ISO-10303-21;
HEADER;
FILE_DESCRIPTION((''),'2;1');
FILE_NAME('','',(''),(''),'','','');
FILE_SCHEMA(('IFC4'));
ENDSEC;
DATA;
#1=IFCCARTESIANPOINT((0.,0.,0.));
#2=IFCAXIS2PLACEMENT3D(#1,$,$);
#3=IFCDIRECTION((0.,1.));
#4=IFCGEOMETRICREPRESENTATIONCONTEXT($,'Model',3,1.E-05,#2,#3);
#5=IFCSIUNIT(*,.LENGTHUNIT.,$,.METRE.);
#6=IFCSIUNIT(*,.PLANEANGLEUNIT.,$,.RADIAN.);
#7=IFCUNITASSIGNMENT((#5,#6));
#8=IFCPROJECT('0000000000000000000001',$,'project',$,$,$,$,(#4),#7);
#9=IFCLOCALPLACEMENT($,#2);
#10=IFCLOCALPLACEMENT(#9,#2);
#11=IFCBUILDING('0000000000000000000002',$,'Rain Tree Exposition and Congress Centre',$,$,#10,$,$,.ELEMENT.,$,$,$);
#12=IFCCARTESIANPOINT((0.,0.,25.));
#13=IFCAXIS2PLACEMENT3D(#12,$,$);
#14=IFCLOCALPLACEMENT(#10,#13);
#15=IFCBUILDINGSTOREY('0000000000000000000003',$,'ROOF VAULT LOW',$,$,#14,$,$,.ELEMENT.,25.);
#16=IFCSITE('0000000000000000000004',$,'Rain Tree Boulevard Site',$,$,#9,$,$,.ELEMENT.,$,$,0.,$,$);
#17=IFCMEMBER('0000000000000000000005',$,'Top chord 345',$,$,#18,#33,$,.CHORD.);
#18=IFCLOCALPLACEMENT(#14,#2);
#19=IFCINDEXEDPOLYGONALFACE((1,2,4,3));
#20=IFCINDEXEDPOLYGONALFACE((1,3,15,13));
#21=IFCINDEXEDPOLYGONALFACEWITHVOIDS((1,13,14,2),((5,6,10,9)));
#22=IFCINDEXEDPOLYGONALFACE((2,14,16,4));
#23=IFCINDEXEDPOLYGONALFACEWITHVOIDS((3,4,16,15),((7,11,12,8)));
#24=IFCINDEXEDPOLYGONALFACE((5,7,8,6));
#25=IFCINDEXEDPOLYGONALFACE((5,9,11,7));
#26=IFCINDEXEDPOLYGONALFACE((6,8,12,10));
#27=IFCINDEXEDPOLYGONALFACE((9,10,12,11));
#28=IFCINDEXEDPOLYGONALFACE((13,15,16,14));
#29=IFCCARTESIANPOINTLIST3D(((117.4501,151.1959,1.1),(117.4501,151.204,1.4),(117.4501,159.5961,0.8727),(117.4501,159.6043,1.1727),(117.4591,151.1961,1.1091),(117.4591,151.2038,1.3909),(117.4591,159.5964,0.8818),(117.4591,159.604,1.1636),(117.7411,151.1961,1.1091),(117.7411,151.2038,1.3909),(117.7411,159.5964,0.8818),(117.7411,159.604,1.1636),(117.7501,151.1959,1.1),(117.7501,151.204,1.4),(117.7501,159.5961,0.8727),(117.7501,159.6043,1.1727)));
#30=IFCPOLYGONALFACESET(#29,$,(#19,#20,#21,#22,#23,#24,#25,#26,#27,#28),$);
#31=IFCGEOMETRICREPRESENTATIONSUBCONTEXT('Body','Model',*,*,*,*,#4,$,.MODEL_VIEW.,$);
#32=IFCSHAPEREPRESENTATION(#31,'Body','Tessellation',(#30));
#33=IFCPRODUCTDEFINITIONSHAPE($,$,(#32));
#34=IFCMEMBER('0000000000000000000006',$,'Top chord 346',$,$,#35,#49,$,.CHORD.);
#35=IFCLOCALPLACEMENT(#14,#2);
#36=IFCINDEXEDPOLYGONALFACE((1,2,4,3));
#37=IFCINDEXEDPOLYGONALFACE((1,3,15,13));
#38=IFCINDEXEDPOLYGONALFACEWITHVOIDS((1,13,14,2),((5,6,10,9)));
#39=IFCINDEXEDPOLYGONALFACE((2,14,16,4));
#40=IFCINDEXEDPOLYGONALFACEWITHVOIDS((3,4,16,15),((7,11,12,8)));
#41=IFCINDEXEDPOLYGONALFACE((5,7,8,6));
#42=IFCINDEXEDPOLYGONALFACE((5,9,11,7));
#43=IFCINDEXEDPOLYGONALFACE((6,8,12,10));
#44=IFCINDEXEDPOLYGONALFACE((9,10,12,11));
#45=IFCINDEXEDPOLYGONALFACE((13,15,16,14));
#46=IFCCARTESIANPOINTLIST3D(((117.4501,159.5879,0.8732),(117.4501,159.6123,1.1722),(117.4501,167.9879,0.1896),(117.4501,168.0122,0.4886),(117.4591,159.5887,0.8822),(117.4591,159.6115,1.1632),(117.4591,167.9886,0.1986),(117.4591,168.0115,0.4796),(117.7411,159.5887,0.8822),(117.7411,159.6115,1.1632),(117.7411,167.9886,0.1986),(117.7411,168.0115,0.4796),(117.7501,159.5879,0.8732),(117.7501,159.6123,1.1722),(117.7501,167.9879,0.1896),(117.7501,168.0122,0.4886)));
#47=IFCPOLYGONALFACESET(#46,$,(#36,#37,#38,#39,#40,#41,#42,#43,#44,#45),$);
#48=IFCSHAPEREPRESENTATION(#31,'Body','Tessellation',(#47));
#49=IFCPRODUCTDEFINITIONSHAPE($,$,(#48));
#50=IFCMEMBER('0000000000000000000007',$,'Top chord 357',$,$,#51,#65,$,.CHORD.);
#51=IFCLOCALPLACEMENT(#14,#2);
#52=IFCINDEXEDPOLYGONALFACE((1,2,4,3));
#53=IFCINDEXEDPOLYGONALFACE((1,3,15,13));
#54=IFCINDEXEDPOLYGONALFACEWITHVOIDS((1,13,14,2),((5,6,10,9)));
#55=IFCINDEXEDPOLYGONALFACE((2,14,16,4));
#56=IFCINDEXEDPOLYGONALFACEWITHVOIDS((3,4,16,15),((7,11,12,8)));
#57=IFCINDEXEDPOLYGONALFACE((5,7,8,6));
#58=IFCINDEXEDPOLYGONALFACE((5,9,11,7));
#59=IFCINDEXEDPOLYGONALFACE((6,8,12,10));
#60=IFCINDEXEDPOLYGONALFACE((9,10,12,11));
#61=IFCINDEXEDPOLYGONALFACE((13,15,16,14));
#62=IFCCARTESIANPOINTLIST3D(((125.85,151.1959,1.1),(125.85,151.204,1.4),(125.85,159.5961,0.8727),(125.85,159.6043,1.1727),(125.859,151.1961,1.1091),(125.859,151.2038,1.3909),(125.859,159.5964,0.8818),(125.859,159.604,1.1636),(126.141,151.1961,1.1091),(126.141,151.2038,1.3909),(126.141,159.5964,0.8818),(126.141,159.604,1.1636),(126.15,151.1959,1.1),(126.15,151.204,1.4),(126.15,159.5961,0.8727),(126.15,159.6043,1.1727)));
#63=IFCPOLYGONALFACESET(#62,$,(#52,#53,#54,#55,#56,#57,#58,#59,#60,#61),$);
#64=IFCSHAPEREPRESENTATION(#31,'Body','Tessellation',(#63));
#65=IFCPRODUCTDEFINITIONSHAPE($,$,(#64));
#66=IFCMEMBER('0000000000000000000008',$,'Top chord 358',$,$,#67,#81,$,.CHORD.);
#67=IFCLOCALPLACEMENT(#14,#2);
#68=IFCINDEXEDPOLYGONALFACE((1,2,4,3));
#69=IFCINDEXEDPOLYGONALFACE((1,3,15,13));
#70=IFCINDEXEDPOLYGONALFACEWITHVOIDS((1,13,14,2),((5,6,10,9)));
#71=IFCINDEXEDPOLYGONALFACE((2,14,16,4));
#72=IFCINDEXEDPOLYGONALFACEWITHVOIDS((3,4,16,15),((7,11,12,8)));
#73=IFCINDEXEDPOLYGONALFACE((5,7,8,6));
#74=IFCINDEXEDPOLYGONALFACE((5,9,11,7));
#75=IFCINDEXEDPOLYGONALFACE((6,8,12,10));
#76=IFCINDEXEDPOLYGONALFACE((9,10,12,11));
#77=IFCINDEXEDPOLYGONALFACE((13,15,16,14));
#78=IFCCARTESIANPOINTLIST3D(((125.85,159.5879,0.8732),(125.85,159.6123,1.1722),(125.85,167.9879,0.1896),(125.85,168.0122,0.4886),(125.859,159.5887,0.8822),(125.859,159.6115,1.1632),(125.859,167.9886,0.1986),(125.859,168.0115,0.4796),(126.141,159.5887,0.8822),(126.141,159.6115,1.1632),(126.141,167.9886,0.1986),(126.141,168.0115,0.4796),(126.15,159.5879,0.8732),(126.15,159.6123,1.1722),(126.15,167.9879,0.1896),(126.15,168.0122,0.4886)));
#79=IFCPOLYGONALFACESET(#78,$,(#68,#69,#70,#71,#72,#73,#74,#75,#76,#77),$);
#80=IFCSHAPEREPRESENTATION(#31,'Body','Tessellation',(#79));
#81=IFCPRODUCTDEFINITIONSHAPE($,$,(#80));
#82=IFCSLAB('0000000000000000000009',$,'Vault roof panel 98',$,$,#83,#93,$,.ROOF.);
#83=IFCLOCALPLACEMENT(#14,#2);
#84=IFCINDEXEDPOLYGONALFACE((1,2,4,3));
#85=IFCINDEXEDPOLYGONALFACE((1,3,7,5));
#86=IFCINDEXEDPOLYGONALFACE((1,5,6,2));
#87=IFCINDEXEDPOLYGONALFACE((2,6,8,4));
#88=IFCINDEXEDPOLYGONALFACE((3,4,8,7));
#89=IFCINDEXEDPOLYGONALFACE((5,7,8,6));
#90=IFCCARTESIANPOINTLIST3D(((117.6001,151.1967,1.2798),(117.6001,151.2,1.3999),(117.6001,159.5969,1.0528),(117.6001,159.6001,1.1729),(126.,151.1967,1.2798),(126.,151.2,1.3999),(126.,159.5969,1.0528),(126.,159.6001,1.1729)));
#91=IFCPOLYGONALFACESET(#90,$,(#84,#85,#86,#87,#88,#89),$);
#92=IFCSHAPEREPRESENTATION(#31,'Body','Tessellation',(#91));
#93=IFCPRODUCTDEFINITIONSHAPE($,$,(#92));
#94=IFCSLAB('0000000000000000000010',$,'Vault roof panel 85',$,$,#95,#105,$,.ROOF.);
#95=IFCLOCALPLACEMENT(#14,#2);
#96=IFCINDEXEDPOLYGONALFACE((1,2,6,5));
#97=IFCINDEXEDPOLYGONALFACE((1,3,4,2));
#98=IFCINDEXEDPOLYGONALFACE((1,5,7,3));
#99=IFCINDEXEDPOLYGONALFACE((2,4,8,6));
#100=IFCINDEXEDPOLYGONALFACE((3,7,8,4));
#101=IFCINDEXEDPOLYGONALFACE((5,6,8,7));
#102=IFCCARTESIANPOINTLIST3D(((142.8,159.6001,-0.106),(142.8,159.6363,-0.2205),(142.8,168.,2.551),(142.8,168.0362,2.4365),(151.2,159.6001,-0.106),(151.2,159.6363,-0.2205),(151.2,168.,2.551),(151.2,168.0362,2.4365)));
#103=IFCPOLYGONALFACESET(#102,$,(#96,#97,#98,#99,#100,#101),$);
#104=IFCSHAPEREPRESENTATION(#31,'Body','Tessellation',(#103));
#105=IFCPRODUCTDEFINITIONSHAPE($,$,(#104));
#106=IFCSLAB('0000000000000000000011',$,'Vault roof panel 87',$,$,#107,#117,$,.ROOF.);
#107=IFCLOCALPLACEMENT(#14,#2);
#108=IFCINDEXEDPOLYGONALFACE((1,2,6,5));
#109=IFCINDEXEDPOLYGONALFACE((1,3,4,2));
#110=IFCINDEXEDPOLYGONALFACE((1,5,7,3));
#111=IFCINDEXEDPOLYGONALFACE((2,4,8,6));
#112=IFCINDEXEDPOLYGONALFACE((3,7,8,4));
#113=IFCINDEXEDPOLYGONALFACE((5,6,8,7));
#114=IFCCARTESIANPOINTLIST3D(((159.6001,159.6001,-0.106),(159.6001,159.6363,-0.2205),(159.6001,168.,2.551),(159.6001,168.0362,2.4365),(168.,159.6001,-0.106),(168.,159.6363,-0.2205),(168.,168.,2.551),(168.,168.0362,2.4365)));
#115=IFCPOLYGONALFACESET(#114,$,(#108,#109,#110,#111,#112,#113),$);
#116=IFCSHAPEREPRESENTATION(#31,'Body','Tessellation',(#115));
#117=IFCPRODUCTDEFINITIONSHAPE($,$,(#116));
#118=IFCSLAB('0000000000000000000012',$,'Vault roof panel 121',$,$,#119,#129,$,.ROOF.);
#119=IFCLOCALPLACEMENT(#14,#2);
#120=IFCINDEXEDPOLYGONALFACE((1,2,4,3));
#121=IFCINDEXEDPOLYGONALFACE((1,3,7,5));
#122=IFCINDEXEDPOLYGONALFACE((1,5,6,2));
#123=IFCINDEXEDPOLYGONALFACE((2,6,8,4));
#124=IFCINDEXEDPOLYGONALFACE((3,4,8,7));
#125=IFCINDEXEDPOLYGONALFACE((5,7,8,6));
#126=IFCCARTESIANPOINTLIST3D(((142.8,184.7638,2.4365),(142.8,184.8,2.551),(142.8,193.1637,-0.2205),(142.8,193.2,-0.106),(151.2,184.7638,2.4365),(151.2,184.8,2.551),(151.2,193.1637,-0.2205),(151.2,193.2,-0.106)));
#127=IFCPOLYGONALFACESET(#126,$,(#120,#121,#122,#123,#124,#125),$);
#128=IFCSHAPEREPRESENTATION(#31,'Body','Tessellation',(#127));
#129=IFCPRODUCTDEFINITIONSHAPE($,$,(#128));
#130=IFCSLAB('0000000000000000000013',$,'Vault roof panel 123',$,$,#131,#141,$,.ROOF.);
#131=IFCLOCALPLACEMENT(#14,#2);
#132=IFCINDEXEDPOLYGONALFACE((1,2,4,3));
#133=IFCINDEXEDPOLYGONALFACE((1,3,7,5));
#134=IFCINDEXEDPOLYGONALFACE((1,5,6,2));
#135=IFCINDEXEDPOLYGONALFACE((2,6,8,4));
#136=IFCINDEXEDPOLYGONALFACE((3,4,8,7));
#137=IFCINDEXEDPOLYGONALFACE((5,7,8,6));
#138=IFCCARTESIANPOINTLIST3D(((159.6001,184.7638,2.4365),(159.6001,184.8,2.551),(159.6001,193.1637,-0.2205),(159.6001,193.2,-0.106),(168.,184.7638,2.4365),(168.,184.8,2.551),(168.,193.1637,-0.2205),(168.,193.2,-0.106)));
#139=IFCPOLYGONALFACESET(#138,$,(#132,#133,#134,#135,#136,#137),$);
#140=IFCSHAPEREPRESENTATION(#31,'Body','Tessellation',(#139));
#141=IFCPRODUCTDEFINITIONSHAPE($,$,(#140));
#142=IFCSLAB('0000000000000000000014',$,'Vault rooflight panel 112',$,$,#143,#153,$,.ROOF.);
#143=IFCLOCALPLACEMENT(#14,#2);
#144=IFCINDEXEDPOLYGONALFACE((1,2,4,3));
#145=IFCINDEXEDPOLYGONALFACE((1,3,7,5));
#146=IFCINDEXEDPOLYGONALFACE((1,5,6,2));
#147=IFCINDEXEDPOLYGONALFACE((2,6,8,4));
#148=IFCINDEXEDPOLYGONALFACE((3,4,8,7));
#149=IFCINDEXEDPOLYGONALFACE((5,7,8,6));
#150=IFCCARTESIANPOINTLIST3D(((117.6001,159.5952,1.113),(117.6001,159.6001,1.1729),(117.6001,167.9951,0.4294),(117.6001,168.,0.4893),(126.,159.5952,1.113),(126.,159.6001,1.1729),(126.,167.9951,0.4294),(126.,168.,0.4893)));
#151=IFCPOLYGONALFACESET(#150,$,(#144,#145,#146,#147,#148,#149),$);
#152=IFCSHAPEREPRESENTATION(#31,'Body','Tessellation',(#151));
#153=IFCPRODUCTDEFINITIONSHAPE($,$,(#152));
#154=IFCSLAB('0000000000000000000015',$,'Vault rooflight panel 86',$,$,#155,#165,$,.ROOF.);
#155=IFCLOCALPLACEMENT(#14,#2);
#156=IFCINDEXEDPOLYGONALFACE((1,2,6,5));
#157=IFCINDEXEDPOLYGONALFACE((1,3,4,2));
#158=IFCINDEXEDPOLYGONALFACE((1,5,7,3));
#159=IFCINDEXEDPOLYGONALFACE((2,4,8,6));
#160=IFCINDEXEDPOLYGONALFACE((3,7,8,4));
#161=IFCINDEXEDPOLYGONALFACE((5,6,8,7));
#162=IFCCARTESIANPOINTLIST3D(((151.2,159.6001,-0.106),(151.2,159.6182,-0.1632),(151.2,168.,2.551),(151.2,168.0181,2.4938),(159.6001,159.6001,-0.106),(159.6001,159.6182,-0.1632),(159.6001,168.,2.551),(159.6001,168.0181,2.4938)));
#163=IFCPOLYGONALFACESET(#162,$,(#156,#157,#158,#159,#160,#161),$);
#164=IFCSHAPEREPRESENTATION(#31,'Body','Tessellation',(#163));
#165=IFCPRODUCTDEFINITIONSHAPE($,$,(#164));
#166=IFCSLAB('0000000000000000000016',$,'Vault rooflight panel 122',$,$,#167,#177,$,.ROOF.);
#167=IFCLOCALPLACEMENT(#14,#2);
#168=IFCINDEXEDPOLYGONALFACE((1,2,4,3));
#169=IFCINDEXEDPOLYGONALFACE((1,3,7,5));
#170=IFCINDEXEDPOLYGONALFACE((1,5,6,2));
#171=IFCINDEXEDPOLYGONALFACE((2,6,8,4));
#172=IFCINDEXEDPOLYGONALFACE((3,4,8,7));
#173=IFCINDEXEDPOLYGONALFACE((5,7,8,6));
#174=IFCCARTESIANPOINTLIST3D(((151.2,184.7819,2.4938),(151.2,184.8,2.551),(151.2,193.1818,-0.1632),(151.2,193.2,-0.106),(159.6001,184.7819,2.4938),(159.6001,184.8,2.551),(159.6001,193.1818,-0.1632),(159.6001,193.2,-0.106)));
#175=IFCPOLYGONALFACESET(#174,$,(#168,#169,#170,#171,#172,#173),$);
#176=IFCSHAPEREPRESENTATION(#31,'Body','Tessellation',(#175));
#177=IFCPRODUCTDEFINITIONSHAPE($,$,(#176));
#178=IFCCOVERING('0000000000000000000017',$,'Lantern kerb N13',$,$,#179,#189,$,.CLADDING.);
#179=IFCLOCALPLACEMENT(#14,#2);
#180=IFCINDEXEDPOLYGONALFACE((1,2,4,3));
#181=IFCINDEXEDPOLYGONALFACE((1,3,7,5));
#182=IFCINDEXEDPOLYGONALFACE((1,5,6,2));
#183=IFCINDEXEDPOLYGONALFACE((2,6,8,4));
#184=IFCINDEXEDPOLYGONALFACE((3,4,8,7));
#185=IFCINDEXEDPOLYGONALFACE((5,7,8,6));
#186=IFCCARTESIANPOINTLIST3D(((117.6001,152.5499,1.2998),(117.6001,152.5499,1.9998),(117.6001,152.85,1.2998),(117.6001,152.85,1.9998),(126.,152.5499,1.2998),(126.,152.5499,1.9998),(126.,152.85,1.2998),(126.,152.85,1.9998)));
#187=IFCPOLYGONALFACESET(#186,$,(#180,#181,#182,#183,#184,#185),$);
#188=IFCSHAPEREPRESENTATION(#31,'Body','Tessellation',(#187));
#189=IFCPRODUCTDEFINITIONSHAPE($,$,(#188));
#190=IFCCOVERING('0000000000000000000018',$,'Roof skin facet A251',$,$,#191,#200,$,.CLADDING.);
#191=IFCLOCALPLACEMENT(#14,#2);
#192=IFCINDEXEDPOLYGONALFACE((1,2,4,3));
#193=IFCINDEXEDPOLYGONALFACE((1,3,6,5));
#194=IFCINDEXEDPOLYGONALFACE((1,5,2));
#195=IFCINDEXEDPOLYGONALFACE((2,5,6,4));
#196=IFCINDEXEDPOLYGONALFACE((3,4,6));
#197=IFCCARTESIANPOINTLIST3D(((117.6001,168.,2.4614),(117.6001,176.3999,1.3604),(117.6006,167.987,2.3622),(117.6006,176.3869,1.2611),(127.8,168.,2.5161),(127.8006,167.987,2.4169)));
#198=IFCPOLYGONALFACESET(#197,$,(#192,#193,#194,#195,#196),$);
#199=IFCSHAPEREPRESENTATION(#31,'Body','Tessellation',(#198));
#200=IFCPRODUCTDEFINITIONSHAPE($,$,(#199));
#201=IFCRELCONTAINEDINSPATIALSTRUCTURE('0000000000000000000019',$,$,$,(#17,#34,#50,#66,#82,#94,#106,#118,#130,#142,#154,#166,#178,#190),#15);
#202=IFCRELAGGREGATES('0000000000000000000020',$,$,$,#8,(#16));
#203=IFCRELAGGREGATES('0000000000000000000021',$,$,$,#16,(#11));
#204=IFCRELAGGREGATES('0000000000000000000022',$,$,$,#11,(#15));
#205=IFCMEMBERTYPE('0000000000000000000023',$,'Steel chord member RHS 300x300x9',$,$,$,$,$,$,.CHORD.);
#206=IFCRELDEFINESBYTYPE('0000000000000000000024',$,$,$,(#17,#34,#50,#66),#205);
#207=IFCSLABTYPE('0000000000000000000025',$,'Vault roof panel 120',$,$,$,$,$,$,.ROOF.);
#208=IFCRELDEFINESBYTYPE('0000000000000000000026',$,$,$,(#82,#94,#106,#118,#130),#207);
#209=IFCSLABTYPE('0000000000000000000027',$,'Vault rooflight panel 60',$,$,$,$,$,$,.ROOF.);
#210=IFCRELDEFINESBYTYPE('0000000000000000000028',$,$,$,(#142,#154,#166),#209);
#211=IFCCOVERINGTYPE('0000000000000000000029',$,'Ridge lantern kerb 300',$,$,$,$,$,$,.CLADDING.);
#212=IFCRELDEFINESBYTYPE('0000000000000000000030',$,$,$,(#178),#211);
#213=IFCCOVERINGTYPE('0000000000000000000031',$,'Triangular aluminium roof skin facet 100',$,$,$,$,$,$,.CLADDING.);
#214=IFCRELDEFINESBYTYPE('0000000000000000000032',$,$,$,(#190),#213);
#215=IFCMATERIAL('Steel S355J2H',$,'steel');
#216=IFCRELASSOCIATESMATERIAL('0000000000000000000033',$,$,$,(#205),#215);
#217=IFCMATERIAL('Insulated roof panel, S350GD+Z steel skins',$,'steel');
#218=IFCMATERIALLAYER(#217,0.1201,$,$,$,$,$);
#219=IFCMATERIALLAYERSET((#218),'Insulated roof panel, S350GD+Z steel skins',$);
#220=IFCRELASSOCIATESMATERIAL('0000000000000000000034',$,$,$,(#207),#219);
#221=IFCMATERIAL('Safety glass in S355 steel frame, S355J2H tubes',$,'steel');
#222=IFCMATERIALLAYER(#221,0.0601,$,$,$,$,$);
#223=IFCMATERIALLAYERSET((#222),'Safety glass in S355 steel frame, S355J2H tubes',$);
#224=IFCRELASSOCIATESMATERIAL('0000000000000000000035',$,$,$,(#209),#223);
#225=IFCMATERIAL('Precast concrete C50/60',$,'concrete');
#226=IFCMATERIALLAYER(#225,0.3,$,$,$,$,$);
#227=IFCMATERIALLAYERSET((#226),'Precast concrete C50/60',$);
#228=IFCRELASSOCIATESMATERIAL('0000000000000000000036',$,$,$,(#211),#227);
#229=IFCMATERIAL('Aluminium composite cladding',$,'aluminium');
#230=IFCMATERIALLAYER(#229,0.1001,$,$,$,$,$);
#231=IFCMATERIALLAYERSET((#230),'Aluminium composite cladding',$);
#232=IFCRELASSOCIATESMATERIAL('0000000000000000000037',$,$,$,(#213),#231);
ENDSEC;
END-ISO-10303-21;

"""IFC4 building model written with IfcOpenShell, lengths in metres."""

from ifc_helpers import new_model, si_unit, direction, frame, origin, origin_2d, place, context, subcontext, project, spatial, polyline, rectangle, hollow_rectangle, outline, extrude, material, layer, layer_set, material_profile, profile_set, type_object, element, save


model = new_model("IFC4")

# Units and contexts
model_context = context("Model", 3, precision=1e-05, world=origin(), true_north=direction((0.0, 1.0)))
body_context = subcontext(model_context, "Body", "Model", "MODEL_VIEW")
ifc_project = project(units=[si_unit("LENGTHUNIT", "METRE"), si_unit("PLANEANGLEUNIT", "RADIAN")], contexts=[model_context])

# Site, building, storey
site_placement = place(None, origin())
site = spatial("IfcSite", under=ifc_project, at=site_placement, Name="Rain Tree Boulevard Site", CompositionType="ELEMENT", RefElevation=0.0)
building_placement = place(site_placement, origin())
building = spatial("IfcBuilding", under=site, at=building_placement, Name="Rain Tree Exposition and Congress Centre", CompositionType="ELEMENT")
storey_placement = place(building_placement, frame((0.0, 0.0, 25.0)))
storey = spatial("IfcBuildingStorey", under=building, at=storey_placement, Name="ROOF VAULT LOW", CompositionType="ELEMENT", Elevation=25.0)

# Members
ifc_material_1 = material(Name="Steel S355J2H", Category="steel")
ifc_material_profile_1 = material_profile(ifc_material_1, hollow_rectangle(XDim=0.3, YDim=0.3, WallThickness=0.009, at=origin_2d()), Name="RHS 300x300x9")
ifc_profile_set_1 = profile_set([ifc_material_profile_1], Name="Steel S355J2H")
member_type = type_object("IfcMemberType", Name="Steel chord member RHS 300x300x9", PredefinedType="CHORD", material=ifc_profile_set_1)
member_1_placement = place(storey_placement, frame((117.6001, 151.2, 1.25), z_axis=(0.0, 0.999634, -0.027049), x_axis=(-1.0, 0.0, 0.0)))
element("IfcMember", 1, at=member_1_placement, inside=storey, type_object=member_type, Name="Top chord 345", PredefinedType="CHORD", context=body_context, shape_type="SweptSolid", body=[
    extrude(hollow_rectangle(XDim=0.3, YDim=0.3, WallThickness=0.009, at=origin_2d()), origin(), (0.0, 0.0, 1.0), 8.4033),
])
member_2_placement = place(storey_placement, frame((117.6001, 159.6001, 1.0227), z_axis=(0.0, 0.996705, -0.081113), x_axis=(-1.0, 0.0, 0.0)))
element("IfcMember", 2, at=member_2_placement, inside=storey, type_object=member_type, Name="Top chord 346", PredefinedType="CHORD", context=body_context, shape_type="SweptSolid", body=[
    extrude(hollow_rectangle(XDim=0.3, YDim=0.3, WallThickness=0.009, at=origin_2d()), origin(), (0.0, 0.0, 1.0), 8.4277),
])
member_3_placement = place(storey_placement, frame((126.0, 151.2, 1.25), z_axis=(0.0, 0.999634, -0.027049), x_axis=(-1.0, 0.0, 0.0)))
element("IfcMember", 3, at=member_3_placement, inside=storey, type_object=member_type, Name="Top chord 357", PredefinedType="CHORD", context=body_context, shape_type="SweptSolid", body=[
    extrude(hollow_rectangle(XDim=0.3, YDim=0.3, WallThickness=0.009, at=origin_2d()), origin(), (0.0, 0.0, 1.0), 8.4033),
])
member_4_placement = place(storey_placement, frame((126.0, 159.6001, 1.0227), z_axis=(0.0, 0.996705, -0.081113), x_axis=(-1.0, 0.0, 0.0)))
element("IfcMember", 4, at=member_4_placement, inside=storey, type_object=member_type, Name="Top chord 358", PredefinedType="CHORD", context=body_context, shape_type="SweptSolid", body=[
    extrude(hollow_rectangle(XDim=0.3, YDim=0.3, WallThickness=0.009, at=origin_2d()), origin(), (0.0, 0.0, 1.0), 8.4277),
])

# Slabs
ifc_material_2 = material(Name="Insulated roof panel, S350GD+Z steel skins", Category="steel")
ifc_layer_1 = layer(ifc_material_2, 0.1201)
ifc_layer_set_1 = layer_set([ifc_layer_1], Name="Insulated roof panel, S350GD+Z steel skins")
slab_type_1 = type_object("IfcSlabType", Name="Vault roof panel 120", PredefinedType="ROOF", material=ifc_layer_set_1)
slab_1_placement = place(storey_placement, frame((117.6001, 151.2, 1.3999), z_axis=(0.0, 0.02702, 0.999635), x_axis=(1.0, 0.0, 0.0)))
element("IfcSlab", 5, at=slab_1_placement, inside=storey, type_object=slab_type_1, Name="Vault roof panel 98", PredefinedType="ROOF", context=body_context, shape_type="SweptSolid", body=[
    extrude(outline(polyline([(0.0, 0.0), (8.3999, 0.0), (8.3999, 8.4032), (0.0, 8.4032), (0.0, 0.0)])), origin(), (0.0, 0.0, -1.0), 0.1201),
])
for number, where, z_axis, x_axis, name in (
    (6, (142.8, 159.6001, -0.106), (0.0, -0.301584, 0.95344), (1.0, 0.0, 0.0), "Vault roof panel 85"),
    (7, (159.6001, 159.6001, -0.106), (0.0, -0.301584, 0.95344), (1.0, 0.0, 0.0), "Vault roof panel 87"),
    (8, (142.8, 184.8, 2.551), (0.0, 0.301584, 0.95344), (1.0, 0.0, 0.0), "Vault roof panel 121"),
    (9, (159.6001, 184.8, 2.551), (0.0, 0.301584, 0.95344), (1.0, 0.0, 0.0), "Vault roof panel 123"),
):
    element("IfcSlab", number, at=place(storey_placement, frame(where, z_axis=z_axis, x_axis=x_axis)), inside=storey, type_object=slab_type_1, Name=name, PredefinedType="ROOF", context=body_context, shape_type="SweptSolid", body=[
        extrude(outline(polyline([(0.0, 0.0), (8.3999, 0.0), (8.3999, 8.8101), (0.0, 8.8101), (0.0, 0.0)])), origin(), (0.0, 0.0, -1.0), 0.1201),
    ])
ifc_material_3 = material(Name="Safety glass in S355 steel frame, S355J2H tubes", Category="steel")
ifc_layer_2 = layer(ifc_material_3, 0.0601)
ifc_layer_set_2 = layer_set([ifc_layer_2], Name="Safety glass in S355 steel frame, S355J2H tubes")
slab_type_2 = type_object("IfcSlabType", Name="Vault rooflight panel 60", PredefinedType="ROOF", material=ifc_layer_set_2)
slab_2_placement = place(storey_placement, frame((117.6001, 159.6001, 1.1729), z_axis=(0.0, 0.081113, 0.996705), x_axis=(1.0, 0.0, 0.0)))
element("IfcSlab", 10, at=slab_2_placement, inside=storey, type_object=slab_type_2, Name="Vault rooflight panel 112", PredefinedType="ROOF", context=body_context, shape_type="SweptSolid", body=[
    extrude(outline(polyline([(0.0, 0.0), (8.3999, 0.0), (8.3999, 8.4277), (0.0, 8.4277), (0.0, 0.0)])), origin(), (0.0, 0.0, -1.0), 0.0601),
])
for number, where, z_axis, x_axis, name in (
    (11, (151.2, 159.6001, -0.106), (0.0, -0.301584, 0.95344), (1.0, 0.0, 0.0), "Vault rooflight panel 86"),
    (12, (151.2, 184.8, 2.551), (0.0, 0.301584, 0.95344), (1.0, 0.0, 0.0), "Vault rooflight panel 122"),
):
    element("IfcSlab", number, at=place(storey_placement, frame(where, z_axis=z_axis, x_axis=x_axis)), inside=storey, type_object=slab_type_2, Name=name, PredefinedType="ROOF", context=body_context, shape_type="SweptSolid", body=[
        extrude(outline(polyline([(0.0, 0.0), (8.4001, 0.0), (8.4001, 8.8101), (0.0, 8.8101), (0.0, 0.0)])), origin(), (0.0, 0.0, -1.0), 0.0601),
    ])

# Coverings
ifc_material_4 = material(Name="Precast concrete C50/60", Category="concrete")
ifc_layer_3 = layer(ifc_material_4, 0.3)
ifc_layer_set_3 = layer_set([ifc_layer_3], Name="Precast concrete C50/60")
covering_type_1 = type_object("IfcCoveringType", Name="Ridge lantern kerb 300", PredefinedType="CLADDING", material=ifc_layer_set_3)
covering_1_placement = place(storey_placement, frame((121.8, 152.7, 1.2998), z_axis=(0.0, 0.0, 1.0), x_axis=(1.0, 0.0, 0.0)))
element("IfcCovering", 13, at=covering_1_placement, inside=storey, type_object=covering_type_1, Name="Lantern kerb N13", PredefinedType="CLADDING", context=body_context, shape_type="SweptSolid", body=[
    extrude(rectangle(XDim=8.3999, YDim=0.3, at=origin_2d()), origin(), (0.0, 0.0, 1.0), 0.7),
])
ifc_material_5 = material(Name="Aluminium composite cladding", Category="aluminium")
ifc_layer_4 = layer(ifc_material_5, 0.1001)
ifc_layer_set_4 = layer_set([ifc_layer_4], Name="Aluminium composite cladding")
covering_type_2 = type_object("IfcCoveringType", Name="Triangular aluminium roof skin facet 100", PredefinedType="CLADDING", material=ifc_layer_set_4)
covering_2_placement = place(storey_placement, frame((117.6001, 168.0, 2.4614), z_axis=(-0.005316, 0.129968, 0.991504), x_axis=(0.999986, 0.0, 0.005361)))
element("IfcCovering", 14, at=covering_2_placement, inside=storey, type_object=covering_type_2, Name="Roof skin facet A251", PredefinedType="CLADDING", context=body_context, shape_type="SweptSolid", body=[
    extrude(outline(polyline([(0.0, 0.0), (10.2001, 0.0), (-0.0059, 8.4718), (0.0, 0.0)])), origin(), (0.0, 0.0, -1.0), 0.1001),
])

save(model, "model.ifc")
